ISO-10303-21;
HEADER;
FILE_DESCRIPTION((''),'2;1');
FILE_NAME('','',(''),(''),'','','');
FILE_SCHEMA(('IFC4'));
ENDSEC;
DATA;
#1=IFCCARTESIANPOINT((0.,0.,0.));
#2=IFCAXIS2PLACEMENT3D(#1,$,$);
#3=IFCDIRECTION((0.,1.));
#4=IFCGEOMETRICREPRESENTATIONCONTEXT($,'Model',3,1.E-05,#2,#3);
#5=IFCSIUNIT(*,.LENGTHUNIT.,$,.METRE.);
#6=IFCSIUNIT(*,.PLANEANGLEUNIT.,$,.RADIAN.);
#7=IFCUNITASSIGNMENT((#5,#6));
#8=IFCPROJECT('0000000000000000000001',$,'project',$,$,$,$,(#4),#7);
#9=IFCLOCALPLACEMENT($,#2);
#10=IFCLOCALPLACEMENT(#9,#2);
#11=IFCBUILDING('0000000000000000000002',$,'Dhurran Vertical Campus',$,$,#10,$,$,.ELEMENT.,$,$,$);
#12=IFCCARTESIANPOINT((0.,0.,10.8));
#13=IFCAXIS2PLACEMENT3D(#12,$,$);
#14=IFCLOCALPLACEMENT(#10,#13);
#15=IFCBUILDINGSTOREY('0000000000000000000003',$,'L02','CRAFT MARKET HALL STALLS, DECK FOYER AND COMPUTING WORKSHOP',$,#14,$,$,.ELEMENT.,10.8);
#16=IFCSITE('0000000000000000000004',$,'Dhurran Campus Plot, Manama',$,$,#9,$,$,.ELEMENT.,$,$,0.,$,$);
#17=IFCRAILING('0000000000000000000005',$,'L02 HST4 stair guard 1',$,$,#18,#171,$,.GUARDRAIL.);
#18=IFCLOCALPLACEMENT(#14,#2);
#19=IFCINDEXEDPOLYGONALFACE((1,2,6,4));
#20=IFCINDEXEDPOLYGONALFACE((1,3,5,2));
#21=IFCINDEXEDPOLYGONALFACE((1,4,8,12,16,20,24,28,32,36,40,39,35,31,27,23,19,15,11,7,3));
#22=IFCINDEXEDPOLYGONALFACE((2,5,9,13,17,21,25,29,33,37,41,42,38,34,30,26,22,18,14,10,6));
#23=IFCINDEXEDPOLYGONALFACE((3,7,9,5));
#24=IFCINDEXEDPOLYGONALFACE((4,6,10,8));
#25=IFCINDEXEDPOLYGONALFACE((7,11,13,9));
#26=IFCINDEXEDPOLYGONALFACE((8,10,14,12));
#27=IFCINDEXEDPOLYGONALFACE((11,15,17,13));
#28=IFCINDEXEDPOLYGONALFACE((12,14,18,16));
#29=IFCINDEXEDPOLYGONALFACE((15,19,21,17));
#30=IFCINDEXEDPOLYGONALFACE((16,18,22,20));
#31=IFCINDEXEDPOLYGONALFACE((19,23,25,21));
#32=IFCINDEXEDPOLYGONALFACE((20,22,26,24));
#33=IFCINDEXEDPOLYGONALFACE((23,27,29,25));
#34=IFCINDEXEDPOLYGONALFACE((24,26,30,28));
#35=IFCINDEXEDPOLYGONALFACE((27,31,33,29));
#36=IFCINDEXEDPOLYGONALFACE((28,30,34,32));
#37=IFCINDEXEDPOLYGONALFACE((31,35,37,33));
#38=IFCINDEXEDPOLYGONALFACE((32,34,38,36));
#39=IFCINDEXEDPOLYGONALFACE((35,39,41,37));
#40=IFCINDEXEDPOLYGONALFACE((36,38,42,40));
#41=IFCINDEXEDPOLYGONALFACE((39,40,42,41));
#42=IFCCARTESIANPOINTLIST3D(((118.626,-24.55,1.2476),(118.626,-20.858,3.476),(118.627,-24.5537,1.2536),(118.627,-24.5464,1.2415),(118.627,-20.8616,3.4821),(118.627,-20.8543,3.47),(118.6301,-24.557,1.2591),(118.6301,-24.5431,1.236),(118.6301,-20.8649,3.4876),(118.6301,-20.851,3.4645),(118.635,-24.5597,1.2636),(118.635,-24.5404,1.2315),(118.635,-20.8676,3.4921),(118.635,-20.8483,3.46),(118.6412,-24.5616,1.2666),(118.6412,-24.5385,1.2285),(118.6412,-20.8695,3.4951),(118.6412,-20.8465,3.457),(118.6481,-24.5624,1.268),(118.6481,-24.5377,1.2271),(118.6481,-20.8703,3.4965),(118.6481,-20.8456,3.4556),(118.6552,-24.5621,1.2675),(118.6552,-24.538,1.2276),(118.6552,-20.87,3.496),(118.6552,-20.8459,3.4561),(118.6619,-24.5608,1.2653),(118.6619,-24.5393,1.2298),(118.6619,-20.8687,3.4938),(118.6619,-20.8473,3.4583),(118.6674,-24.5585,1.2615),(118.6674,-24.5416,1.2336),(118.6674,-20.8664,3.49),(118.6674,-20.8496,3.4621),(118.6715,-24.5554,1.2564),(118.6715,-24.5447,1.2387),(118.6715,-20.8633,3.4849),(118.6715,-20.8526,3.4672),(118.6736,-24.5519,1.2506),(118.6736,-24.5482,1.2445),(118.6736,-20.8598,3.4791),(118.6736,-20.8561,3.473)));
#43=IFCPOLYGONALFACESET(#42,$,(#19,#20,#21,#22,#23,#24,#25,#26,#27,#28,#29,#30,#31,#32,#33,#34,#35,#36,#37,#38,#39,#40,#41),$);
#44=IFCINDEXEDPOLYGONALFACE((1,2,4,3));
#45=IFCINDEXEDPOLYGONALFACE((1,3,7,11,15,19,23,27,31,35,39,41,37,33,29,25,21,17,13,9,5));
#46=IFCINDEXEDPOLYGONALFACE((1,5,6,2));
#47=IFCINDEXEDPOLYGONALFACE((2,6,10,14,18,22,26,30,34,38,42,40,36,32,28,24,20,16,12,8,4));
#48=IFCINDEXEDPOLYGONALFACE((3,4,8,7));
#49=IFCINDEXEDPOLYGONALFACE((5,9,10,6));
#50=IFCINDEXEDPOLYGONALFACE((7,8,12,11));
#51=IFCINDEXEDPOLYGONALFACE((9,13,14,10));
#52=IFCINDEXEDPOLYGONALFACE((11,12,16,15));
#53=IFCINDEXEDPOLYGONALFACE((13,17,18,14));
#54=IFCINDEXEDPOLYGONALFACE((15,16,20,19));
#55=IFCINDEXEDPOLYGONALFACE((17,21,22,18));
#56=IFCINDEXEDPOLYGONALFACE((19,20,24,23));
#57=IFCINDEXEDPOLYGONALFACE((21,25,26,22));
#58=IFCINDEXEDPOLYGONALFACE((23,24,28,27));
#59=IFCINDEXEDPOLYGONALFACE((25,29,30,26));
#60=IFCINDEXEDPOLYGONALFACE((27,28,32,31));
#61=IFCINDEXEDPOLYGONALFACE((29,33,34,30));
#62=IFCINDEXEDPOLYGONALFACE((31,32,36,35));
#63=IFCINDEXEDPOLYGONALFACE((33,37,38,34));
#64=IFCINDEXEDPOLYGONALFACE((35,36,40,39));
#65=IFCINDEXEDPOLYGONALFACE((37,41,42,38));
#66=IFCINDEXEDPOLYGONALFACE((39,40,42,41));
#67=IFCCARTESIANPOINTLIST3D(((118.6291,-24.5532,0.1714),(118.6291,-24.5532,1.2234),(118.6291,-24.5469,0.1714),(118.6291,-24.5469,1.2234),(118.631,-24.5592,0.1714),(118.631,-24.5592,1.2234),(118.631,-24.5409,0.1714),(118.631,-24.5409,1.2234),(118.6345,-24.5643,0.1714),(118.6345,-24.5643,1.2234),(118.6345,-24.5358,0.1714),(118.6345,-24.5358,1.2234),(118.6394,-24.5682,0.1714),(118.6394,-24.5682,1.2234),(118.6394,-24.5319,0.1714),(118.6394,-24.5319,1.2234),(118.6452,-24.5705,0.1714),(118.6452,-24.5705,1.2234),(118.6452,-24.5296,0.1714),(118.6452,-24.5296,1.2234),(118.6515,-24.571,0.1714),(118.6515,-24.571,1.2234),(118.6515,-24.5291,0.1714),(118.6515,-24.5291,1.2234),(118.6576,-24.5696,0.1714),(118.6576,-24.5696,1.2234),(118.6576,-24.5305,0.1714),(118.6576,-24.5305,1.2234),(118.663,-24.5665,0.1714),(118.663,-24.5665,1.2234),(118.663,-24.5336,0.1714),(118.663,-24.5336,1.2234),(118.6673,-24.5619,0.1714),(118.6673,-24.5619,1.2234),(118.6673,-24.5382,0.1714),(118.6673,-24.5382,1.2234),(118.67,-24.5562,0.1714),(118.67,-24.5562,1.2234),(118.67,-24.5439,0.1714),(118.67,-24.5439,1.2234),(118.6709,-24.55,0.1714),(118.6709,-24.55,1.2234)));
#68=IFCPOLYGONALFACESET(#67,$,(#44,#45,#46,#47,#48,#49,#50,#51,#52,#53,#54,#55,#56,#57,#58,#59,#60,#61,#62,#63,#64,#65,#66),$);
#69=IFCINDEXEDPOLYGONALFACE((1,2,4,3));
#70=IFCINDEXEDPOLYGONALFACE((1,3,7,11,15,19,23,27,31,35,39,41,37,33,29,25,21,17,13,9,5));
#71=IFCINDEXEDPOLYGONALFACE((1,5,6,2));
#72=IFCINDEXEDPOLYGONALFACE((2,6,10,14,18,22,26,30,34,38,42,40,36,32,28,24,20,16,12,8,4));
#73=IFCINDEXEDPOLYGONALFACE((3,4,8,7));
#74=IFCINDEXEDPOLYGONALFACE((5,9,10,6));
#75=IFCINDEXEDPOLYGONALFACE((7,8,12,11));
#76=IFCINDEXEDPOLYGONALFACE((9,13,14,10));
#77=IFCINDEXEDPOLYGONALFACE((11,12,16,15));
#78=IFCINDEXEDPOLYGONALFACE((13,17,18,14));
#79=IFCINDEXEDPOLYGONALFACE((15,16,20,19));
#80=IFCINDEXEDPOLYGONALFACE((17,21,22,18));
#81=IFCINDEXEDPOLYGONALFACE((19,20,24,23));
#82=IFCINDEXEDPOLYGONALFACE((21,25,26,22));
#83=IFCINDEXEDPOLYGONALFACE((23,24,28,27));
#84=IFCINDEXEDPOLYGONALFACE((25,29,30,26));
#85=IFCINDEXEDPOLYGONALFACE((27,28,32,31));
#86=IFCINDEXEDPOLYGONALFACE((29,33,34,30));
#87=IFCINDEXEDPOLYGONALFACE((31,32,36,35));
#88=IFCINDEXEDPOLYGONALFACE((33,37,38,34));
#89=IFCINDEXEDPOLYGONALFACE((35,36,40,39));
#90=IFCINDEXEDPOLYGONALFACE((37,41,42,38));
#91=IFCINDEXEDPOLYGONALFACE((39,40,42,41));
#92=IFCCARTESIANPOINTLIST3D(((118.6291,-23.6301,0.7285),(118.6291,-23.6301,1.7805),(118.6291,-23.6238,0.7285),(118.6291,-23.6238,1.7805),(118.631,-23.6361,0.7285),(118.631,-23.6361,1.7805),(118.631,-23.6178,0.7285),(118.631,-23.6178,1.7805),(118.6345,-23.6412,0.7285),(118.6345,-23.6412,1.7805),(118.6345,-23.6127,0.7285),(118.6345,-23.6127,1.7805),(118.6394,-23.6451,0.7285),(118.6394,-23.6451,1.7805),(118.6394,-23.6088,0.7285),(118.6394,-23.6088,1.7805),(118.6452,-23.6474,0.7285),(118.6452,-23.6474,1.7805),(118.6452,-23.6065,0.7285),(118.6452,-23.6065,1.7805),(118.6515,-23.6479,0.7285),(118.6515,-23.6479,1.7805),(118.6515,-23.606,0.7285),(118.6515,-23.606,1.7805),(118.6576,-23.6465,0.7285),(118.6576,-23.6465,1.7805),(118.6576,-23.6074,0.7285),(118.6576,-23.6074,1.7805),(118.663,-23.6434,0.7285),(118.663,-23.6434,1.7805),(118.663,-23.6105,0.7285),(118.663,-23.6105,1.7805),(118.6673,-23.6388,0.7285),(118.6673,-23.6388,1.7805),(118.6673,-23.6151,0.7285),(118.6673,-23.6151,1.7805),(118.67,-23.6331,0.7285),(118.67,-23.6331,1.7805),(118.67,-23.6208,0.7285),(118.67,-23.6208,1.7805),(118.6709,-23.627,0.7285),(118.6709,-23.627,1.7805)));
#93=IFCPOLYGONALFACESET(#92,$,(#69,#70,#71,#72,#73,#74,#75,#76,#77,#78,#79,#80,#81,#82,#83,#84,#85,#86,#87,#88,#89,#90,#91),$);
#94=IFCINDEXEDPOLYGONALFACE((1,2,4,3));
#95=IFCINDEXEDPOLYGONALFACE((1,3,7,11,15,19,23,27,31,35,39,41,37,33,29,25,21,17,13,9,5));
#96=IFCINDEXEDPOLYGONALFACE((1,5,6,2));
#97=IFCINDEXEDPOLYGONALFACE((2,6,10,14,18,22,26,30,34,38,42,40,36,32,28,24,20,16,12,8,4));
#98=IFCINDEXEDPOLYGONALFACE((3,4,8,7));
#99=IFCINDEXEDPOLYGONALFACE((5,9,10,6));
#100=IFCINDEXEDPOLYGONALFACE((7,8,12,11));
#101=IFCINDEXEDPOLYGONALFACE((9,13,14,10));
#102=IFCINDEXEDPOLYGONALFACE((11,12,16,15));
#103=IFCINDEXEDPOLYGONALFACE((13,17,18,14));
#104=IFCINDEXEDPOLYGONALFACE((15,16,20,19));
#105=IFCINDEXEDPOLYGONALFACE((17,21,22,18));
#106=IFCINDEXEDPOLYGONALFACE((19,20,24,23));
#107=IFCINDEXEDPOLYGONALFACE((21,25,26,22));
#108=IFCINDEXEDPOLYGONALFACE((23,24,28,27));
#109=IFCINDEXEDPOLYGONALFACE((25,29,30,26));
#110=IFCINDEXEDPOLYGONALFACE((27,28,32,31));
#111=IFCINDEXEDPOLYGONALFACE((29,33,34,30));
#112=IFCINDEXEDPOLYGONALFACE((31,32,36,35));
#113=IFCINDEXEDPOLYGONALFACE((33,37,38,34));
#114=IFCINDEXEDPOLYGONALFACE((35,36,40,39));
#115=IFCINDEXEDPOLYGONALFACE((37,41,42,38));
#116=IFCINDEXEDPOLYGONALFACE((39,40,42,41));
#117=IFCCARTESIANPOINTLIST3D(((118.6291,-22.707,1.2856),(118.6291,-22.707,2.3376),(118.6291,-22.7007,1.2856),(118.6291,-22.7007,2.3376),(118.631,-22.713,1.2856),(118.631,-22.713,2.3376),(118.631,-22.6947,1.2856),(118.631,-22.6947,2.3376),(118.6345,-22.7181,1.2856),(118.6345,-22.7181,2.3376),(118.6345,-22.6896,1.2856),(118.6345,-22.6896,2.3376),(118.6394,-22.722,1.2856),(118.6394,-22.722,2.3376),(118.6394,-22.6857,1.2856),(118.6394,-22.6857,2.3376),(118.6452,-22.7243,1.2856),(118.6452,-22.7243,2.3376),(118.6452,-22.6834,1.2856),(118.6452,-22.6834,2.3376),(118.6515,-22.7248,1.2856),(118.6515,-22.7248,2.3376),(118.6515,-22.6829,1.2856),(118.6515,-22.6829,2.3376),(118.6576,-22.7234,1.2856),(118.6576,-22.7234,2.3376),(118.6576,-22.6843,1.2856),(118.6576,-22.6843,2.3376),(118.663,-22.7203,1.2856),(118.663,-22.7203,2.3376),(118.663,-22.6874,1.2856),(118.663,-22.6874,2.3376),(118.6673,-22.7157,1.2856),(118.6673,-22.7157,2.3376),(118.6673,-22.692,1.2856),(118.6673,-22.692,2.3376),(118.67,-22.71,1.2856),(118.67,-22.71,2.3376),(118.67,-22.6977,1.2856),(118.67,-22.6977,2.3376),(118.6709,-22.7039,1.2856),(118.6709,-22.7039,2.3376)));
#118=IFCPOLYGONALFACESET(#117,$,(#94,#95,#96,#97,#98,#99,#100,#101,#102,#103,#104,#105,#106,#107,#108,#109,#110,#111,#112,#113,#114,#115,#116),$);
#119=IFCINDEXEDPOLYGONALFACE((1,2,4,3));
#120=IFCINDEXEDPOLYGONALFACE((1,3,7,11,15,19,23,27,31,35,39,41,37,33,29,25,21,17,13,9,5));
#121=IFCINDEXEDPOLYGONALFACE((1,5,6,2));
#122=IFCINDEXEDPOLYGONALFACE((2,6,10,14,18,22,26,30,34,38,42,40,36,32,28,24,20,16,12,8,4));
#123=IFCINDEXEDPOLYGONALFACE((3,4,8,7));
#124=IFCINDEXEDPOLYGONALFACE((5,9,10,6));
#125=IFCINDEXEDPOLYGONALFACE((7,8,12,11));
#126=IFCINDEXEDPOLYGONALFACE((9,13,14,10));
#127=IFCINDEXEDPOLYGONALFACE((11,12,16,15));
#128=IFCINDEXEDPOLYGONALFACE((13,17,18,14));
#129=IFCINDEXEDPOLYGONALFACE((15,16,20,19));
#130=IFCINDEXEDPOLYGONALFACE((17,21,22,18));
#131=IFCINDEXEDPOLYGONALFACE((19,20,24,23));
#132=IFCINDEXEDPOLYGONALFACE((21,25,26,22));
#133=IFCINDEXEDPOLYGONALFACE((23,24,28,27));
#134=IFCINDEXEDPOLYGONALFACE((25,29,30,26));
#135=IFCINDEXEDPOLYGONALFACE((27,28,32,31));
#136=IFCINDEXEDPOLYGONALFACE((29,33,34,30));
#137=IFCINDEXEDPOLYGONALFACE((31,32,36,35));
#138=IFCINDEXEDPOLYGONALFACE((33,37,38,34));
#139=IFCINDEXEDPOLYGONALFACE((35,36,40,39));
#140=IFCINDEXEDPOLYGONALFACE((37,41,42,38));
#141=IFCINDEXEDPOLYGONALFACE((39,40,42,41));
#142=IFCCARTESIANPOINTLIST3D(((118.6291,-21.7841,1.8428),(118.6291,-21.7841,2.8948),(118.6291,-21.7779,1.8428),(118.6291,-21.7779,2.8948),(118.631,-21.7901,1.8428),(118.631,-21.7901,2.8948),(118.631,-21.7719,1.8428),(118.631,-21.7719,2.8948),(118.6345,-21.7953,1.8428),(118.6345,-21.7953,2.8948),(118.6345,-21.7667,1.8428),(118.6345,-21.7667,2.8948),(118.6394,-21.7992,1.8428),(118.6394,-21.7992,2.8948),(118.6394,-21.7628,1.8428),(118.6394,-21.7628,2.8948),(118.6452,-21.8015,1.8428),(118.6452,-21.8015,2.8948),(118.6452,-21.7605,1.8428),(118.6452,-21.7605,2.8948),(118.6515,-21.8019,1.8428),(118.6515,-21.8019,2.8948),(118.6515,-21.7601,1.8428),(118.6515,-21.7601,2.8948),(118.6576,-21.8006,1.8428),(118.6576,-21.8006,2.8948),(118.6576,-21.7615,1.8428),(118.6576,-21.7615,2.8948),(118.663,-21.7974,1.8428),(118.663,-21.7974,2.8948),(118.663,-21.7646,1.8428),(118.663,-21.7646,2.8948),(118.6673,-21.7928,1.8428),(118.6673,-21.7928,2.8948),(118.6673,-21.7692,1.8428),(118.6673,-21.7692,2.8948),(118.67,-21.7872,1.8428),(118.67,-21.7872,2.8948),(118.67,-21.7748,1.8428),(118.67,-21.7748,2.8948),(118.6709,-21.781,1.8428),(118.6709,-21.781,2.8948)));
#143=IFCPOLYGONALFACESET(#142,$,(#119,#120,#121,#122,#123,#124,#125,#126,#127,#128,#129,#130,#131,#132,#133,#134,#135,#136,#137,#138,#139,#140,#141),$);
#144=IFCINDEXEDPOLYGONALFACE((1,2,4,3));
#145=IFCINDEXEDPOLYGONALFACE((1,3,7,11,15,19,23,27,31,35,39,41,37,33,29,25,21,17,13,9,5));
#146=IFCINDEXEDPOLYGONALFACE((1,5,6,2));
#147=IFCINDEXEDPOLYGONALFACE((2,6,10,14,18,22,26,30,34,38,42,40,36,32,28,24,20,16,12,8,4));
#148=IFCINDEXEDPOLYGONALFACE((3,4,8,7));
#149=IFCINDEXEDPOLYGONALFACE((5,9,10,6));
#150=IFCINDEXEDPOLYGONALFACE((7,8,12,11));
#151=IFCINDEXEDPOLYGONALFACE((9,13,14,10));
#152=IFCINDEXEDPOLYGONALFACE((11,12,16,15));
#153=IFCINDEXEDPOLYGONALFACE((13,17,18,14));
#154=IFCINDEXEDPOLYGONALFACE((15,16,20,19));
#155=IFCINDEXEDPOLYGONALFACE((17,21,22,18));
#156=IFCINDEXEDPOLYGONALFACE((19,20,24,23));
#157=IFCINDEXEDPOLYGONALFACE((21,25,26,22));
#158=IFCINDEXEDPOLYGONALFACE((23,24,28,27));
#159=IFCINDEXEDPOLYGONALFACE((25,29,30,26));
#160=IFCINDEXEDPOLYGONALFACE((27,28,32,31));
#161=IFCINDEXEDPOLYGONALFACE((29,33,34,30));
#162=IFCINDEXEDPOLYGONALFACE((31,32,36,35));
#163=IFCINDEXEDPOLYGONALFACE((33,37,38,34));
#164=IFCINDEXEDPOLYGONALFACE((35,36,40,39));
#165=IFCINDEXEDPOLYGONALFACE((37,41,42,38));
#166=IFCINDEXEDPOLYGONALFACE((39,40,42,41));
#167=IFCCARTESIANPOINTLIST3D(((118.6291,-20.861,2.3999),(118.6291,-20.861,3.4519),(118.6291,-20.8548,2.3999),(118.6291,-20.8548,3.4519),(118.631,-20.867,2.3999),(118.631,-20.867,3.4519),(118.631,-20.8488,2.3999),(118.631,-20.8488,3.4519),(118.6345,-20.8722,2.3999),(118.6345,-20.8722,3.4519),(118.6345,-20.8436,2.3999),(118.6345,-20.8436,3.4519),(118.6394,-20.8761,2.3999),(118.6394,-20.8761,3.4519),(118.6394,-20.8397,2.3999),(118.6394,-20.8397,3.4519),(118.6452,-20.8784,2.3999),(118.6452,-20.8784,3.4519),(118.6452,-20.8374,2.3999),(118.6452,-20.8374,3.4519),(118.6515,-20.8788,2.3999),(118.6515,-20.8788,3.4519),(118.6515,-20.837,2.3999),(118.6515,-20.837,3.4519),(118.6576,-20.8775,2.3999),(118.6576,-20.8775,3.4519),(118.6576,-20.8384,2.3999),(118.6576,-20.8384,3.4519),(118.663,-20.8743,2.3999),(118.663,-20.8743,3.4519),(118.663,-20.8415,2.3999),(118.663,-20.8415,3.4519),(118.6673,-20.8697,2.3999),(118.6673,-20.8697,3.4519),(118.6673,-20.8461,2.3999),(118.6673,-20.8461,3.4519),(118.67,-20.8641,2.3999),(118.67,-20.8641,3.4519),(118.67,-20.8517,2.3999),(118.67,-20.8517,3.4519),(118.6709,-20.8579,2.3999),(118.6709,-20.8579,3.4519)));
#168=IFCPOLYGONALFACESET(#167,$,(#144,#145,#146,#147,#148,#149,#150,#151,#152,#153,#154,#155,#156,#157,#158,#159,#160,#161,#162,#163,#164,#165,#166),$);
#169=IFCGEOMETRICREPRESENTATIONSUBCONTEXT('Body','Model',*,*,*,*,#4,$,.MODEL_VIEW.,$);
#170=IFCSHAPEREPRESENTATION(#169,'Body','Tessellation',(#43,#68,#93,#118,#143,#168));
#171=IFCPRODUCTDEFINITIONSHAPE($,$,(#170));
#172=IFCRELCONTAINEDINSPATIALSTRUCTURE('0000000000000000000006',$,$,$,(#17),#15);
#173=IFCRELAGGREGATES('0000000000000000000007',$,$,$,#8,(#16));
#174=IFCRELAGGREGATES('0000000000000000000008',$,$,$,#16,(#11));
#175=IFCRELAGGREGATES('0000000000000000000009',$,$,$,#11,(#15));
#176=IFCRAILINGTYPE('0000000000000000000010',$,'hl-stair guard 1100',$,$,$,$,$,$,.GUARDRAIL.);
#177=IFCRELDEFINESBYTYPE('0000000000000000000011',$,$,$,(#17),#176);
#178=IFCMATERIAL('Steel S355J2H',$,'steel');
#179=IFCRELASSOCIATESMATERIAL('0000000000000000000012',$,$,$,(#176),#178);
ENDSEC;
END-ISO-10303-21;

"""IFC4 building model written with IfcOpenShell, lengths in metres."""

from ifc_helpers import new_model, si_unit, direction, frame, origin, origin_2d, place, context, subcontext, project, spatial, circle, extrude, material, type_object, element, save


model = new_model("IFC4")

# Units and contexts
model_context = context("Model", 3, precision=1e-05, world=origin(), true_north=direction((0.0, 1.0)))
body_context = subcontext(model_context, "Body", "Model", "MODEL_VIEW")
ifc_project = project(units=[si_unit("LENGTHUNIT", "METRE"), si_unit("PLANEANGLEUNIT", "RADIAN")], contexts=[model_context])

# Site, building, storey
site_placement = place(None, origin())
site = spatial("IfcSite", under=ifc_project, at=site_placement, Name="Dhurran Campus Plot, Manama", CompositionType="ELEMENT", RefElevation=0.0)
building_placement = place(site_placement, origin())
building = spatial("IfcBuilding", under=site, at=building_placement, Name="Dhurran Vertical Campus", CompositionType="ELEMENT")
storey_placement = place(building_placement, frame((0.0, 0.0, 10.8)))
storey = spatial("IfcBuildingStorey", under=building, at=storey_placement, Name="L02", Description="CRAFT MARKET HALL STALLS, DECK FOYER AND COMPUTING WORKSHOP", CompositionType="ELEMENT", Elevation=10.8)

# Railing
ifc_material_1 = material(Name="Steel S355J2H", Category="steel")
railing_type_1 = type_object("IfcRailingType", Name="hl-stair guard 1100", PredefinedType="GUARDRAIL", material=ifc_material_1)
railing_1_placement = place(storey_placement, frame((118.6499, -24.55, 0.1714)))
element("IfcRailing", 1, at=railing_1_placement, inside=storey, type_object=railing_type_1, Name="L02 HST4 stair guard 1", PredefinedType="GUARDRAIL", context=body_context, shape_type="SweptSolid", body=[
    extrude(circle(Radius=0.0239, at=origin_2d()), frame((0.0, 0.0, 1.0762), z_axis=(0.0, 0.856136, 0.51675), x_axis=(-1.0, 0.0, 0.0)), (0.0, 0.0, 1.0), 4.3125),
    extrude(circle(Radius=0.021, at=origin_2d()), origin(), (0.0, 0.0, 1.0), 1.052),
    extrude(circle(Radius=0.021, at=origin_2d()), frame((0.0, 0.9231, 0.5571)), (0.0, 0.0, 1.0), 1.052),
    extrude(circle(Radius=0.021, at=origin_2d()), frame((0.0, 1.8462, 1.1143)), (0.0, 0.0, 1.0), 1.052),
    extrude(circle(Radius=0.021, at=origin_2d()), frame((0.0, 2.769, 1.6714)), (0.0, 0.0, 1.0), 1.052),
    extrude(circle(Radius=0.021, at=origin_2d()), frame((0.0, 3.6921, 2.2285)), (0.0, 0.0, 1.0), 1.052),
])

save(model, "model.ifc")
